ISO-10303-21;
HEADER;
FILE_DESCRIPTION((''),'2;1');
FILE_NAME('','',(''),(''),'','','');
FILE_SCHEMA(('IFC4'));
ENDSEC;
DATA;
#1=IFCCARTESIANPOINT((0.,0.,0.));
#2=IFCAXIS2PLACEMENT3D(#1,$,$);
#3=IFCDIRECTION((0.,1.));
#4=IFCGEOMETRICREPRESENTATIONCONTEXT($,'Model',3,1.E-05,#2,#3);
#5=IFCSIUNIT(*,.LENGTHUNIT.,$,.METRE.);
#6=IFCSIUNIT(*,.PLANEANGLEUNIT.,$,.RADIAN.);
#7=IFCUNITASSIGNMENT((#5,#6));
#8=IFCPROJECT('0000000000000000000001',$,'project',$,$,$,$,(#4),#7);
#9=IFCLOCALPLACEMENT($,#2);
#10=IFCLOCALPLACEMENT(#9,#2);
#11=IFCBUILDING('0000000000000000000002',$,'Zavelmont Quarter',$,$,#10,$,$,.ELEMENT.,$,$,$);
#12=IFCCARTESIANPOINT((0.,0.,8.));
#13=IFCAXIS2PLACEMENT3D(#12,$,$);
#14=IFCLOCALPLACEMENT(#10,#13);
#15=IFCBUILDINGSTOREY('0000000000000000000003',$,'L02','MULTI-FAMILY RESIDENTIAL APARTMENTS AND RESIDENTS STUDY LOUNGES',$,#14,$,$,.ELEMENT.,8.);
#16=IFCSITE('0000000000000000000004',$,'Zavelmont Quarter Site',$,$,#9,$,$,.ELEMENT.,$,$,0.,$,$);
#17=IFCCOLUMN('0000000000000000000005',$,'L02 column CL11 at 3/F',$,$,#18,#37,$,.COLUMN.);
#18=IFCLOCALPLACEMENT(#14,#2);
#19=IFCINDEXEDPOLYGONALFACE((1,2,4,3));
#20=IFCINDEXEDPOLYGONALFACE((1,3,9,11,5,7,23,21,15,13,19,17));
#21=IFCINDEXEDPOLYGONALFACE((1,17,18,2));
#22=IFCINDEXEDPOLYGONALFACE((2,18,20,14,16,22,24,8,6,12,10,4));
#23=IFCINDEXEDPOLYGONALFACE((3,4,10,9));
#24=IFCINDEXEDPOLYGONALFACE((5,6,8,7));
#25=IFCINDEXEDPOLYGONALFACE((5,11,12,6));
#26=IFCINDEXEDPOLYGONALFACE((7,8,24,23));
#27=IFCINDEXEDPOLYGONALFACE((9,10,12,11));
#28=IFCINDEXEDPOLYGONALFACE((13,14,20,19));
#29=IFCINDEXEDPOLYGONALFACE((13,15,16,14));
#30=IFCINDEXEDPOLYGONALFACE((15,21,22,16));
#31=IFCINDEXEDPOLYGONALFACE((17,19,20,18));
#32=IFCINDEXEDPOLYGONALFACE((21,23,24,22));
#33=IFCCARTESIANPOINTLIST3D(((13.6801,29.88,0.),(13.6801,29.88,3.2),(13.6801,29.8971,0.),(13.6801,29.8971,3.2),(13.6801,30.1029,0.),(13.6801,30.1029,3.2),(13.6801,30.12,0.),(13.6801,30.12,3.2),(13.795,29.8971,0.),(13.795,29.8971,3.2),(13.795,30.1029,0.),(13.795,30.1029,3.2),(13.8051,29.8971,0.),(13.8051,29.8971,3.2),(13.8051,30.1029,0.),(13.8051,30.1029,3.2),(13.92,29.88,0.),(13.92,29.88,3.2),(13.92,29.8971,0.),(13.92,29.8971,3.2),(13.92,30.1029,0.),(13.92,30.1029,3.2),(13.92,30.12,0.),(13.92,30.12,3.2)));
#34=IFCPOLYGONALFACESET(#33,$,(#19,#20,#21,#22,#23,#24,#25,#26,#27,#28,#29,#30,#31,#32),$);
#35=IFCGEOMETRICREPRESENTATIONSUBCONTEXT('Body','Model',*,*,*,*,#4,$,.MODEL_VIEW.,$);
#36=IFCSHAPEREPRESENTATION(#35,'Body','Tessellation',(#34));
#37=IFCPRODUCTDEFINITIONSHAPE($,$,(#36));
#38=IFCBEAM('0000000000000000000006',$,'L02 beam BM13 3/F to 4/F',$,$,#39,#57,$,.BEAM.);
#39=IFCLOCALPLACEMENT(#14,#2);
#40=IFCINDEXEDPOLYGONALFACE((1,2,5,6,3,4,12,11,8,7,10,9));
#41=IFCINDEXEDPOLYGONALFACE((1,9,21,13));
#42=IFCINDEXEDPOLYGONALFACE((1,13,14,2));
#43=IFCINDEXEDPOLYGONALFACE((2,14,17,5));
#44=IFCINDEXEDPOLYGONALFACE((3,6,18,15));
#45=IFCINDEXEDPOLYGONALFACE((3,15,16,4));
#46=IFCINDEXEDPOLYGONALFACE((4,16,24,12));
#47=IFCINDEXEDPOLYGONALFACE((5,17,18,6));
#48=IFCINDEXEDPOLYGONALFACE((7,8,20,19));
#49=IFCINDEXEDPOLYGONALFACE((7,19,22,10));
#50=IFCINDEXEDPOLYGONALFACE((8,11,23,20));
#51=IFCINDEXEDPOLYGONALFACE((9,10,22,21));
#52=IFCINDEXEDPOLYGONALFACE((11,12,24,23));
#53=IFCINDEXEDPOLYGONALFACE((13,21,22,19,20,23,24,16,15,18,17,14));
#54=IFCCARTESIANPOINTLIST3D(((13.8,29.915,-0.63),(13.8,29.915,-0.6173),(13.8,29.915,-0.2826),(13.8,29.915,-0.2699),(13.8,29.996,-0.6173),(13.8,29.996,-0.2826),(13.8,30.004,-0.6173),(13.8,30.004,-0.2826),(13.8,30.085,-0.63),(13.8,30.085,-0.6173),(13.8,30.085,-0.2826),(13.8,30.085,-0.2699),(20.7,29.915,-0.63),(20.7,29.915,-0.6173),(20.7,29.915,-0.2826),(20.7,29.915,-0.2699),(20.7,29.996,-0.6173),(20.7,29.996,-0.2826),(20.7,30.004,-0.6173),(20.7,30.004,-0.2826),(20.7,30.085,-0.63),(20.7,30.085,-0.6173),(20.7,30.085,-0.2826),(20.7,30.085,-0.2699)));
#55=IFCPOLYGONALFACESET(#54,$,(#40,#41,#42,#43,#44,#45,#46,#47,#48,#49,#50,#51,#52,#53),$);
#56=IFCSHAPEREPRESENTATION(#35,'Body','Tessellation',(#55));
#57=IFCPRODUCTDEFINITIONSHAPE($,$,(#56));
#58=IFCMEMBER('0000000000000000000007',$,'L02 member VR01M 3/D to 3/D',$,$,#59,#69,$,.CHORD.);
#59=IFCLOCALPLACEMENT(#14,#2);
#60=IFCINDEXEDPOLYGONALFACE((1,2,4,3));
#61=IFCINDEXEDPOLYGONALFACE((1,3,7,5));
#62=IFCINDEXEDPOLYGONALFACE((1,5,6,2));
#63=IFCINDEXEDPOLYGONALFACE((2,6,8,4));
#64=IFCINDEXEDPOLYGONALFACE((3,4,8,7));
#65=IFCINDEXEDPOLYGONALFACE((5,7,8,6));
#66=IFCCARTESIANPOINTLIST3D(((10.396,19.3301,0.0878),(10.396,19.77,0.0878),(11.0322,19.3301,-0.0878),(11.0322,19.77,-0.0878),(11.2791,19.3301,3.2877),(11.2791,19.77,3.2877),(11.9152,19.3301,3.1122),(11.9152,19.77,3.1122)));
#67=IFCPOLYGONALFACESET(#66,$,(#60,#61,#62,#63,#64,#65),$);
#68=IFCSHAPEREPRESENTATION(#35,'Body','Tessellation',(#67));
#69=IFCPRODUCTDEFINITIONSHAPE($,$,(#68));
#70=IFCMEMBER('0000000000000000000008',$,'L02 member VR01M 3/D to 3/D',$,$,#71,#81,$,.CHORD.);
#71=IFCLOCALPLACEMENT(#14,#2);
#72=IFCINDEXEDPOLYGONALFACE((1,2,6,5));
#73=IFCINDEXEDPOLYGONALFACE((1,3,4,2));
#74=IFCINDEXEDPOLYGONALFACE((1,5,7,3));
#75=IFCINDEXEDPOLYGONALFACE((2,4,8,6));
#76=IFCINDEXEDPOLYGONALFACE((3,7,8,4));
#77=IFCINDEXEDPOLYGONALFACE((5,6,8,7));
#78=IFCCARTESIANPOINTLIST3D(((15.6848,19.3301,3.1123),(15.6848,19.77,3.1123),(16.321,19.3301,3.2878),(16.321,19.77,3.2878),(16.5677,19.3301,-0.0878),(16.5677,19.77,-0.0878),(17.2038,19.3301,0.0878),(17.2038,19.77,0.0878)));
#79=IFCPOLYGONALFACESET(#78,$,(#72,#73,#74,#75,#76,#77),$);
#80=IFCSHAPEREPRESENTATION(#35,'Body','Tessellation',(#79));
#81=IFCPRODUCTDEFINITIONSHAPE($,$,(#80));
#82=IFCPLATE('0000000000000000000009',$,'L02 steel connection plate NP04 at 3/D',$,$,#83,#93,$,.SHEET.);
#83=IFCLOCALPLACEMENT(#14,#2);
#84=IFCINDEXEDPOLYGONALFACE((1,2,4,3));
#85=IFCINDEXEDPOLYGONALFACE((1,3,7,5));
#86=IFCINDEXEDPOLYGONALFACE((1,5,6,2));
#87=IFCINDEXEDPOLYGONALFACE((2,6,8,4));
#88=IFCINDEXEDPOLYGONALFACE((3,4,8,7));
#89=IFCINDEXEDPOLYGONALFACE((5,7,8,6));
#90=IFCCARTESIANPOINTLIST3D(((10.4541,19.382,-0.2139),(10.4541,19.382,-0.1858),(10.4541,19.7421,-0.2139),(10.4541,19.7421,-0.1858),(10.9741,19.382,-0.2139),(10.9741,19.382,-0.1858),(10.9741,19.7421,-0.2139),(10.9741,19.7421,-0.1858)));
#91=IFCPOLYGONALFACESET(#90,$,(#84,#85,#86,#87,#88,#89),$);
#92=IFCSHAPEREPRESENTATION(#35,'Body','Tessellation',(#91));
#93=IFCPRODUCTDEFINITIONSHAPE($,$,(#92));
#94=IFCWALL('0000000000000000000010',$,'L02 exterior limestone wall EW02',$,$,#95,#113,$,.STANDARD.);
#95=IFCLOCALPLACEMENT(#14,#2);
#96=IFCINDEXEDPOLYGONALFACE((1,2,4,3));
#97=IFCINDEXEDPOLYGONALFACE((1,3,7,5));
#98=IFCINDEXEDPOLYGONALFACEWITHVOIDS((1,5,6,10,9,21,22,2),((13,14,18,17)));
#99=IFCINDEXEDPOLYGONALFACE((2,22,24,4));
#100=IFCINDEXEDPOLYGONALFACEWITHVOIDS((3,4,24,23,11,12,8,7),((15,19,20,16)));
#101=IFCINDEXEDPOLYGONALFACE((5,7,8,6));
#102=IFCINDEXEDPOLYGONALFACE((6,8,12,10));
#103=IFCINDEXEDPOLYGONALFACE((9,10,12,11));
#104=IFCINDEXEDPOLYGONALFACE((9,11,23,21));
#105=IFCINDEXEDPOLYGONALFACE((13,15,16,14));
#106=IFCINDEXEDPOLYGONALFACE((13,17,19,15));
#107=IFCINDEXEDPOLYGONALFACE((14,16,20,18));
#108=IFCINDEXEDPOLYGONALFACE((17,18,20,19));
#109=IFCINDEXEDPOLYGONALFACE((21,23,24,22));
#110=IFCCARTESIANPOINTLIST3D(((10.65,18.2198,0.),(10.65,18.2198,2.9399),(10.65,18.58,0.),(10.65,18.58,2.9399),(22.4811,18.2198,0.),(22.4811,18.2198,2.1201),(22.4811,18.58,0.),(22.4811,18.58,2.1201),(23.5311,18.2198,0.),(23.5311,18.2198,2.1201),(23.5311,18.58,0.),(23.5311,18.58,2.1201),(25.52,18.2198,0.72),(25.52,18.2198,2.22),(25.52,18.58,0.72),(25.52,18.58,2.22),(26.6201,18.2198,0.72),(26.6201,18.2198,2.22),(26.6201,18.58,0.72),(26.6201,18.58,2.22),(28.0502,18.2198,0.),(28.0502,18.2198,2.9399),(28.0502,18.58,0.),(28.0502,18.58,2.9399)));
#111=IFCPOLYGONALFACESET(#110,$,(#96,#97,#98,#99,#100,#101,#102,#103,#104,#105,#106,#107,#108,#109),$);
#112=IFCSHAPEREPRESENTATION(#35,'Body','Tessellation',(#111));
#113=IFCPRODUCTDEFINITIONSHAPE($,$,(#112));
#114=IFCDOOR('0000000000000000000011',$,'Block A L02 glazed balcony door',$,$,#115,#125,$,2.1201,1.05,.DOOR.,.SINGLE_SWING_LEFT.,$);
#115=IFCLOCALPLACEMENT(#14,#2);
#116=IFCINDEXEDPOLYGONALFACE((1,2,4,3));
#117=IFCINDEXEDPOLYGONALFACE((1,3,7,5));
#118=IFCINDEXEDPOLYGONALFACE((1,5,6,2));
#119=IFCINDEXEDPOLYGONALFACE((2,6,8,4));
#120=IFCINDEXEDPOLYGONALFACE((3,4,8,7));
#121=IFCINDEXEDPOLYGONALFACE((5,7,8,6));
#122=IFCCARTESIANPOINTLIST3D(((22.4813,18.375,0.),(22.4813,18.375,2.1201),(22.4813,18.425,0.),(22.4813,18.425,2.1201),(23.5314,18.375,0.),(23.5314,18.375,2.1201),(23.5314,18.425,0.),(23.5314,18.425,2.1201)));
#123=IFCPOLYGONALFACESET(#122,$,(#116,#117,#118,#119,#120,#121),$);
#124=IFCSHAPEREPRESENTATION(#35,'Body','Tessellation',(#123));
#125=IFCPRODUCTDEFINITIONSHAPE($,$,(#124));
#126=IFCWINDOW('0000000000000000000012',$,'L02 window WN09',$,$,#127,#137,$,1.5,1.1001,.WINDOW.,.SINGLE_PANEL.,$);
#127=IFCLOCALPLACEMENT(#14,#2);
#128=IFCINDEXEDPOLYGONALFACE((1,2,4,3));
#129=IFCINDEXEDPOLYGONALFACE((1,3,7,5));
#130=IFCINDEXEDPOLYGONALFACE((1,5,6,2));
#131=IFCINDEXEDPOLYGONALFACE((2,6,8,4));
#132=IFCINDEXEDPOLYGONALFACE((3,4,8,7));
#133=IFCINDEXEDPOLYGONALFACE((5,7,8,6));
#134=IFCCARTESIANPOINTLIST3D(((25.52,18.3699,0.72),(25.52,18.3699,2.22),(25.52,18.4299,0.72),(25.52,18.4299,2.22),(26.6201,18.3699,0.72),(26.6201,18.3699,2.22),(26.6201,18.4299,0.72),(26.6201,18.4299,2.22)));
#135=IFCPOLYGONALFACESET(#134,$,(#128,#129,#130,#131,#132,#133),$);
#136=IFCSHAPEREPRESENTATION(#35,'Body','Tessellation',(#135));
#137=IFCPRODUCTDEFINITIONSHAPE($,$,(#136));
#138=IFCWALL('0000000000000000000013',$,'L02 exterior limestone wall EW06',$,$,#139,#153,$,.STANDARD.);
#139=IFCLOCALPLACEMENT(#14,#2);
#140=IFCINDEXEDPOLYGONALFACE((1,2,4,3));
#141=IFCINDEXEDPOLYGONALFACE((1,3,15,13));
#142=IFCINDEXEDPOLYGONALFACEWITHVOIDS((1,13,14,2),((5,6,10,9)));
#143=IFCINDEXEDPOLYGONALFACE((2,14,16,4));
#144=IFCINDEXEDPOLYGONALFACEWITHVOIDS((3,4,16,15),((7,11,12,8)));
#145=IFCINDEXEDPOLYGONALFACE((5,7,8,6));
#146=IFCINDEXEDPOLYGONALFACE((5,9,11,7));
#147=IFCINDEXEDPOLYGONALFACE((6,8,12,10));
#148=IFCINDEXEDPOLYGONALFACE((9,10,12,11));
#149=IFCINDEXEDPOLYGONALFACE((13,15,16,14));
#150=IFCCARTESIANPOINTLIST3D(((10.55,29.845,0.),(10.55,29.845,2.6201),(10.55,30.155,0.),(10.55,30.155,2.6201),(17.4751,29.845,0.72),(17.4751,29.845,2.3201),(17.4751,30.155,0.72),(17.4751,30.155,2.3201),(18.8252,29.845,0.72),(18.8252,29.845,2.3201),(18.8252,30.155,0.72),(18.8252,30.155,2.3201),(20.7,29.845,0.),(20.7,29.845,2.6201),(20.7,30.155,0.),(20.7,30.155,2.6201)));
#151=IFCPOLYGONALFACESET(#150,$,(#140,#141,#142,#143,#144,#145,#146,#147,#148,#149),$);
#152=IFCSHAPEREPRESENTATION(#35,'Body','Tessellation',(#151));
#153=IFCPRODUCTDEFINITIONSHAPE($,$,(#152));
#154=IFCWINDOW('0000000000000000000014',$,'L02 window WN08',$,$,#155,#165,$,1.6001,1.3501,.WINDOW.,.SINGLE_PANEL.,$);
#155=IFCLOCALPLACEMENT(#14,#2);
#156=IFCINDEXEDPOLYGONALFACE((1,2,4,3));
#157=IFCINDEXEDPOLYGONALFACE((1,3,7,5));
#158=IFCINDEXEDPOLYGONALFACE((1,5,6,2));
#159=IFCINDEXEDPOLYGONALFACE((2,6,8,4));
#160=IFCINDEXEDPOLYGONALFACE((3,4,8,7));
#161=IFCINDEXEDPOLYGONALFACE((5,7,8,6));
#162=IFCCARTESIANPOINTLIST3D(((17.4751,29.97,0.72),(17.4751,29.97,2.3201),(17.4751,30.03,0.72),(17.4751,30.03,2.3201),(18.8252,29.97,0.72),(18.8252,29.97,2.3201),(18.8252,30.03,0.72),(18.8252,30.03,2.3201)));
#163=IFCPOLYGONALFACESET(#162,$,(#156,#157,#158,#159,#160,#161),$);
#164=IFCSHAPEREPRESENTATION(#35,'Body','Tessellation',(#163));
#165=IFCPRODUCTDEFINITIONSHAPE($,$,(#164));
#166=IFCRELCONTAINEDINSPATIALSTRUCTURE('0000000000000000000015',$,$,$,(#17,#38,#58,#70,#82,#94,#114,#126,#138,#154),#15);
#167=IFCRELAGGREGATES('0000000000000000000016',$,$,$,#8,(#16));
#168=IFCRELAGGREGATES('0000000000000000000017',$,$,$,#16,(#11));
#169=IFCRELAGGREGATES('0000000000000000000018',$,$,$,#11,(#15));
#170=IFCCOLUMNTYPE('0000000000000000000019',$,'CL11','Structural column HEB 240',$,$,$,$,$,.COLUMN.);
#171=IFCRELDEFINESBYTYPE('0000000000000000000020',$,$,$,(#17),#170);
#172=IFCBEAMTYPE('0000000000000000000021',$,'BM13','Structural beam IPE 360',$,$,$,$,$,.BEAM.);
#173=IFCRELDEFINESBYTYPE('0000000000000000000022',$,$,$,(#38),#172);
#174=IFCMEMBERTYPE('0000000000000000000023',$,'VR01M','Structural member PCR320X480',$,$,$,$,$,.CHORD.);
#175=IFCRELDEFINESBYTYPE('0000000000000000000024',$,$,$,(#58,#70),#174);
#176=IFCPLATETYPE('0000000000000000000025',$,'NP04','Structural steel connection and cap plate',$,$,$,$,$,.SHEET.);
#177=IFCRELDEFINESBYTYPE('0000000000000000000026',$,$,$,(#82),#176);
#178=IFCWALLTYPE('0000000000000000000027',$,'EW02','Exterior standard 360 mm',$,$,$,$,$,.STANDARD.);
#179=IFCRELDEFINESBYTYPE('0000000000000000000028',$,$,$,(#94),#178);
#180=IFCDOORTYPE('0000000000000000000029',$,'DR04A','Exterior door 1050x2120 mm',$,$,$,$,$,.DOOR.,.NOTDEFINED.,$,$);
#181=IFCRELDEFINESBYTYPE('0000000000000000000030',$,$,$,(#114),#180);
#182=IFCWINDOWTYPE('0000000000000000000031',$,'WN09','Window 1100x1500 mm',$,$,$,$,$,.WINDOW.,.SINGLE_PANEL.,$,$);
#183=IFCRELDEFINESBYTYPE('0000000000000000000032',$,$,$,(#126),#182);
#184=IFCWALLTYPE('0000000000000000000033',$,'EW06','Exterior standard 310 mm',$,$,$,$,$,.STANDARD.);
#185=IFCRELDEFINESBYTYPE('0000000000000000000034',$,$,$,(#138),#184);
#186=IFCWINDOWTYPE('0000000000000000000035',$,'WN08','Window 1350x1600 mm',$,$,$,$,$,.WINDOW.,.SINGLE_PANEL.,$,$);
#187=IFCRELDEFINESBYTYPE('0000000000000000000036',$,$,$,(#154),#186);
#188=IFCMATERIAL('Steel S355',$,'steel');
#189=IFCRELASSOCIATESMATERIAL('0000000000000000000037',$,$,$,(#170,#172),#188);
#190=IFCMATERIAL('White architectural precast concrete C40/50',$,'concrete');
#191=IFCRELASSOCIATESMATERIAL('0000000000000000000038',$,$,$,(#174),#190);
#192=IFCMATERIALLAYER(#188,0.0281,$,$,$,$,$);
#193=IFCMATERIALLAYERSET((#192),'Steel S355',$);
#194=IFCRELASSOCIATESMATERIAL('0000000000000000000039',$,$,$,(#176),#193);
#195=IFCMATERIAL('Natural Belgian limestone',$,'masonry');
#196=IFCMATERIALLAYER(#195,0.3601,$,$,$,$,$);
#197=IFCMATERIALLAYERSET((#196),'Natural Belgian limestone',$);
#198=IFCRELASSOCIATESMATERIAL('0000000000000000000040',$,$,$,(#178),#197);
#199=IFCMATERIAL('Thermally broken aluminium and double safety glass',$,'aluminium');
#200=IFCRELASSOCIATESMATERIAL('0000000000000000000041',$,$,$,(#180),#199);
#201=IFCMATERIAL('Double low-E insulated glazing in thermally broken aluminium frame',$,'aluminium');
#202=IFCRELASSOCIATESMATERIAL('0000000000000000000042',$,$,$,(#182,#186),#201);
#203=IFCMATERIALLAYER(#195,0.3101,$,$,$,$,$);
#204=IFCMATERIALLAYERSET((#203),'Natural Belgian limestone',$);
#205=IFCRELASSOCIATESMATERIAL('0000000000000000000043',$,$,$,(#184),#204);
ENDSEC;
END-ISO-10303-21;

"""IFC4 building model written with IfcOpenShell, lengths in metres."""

from ifc_helpers import new_model, si_unit, direction, frame, frame_2d, origin, origin_with_axes, origin_2d, place, context, subcontext, project, spatial, rectangle, i_section, extrude, material, layer, layer_set, material_profile, profile_set, type_object, element, fill, save


model = new_model("IFC4")

# Units and contexts
model_context = context("Model", 3, precision=1e-05, world=origin(), true_north=direction((0.0, 1.0)))
body_context = subcontext(model_context, "Body", "Model", "MODEL_VIEW")
ifc_project = project(units=[si_unit("LENGTHUNIT", "METRE"), si_unit("PLANEANGLEUNIT", "RADIAN")], contexts=[model_context])

# Site, building, storey
site_placement = place(None, origin())
site = spatial("IfcSite", under=ifc_project, at=site_placement, Name="Zavelmont Quarter Site", CompositionType="ELEMENT", RefElevation=0.0)
building_placement = place(site_placement, origin())
building = spatial("IfcBuilding", under=site, at=building_placement, Name="Zavelmont Quarter", CompositionType="ELEMENT")
storey_placement = place(building_placement, frame((0.0, 0.0, 8.0)))
storey = spatial("IfcBuildingStorey", under=building, at=storey_placement, Name="L02", Description="MULTI-FAMILY RESIDENTIAL APARTMENTS AND RESIDENTS STUDY LOUNGES", CompositionType="ELEMENT", Elevation=8.0)

# Column
ifc_material_1 = material(Name="Steel S355", Category="steel")
ifc_material_profile_1 = material_profile(ifc_material_1, i_section(OverallWidth=0.24, OverallDepth=0.24, WebThickness=0.01, FlangeThickness=0.0171, at=origin_2d()), Name="HEB 240")
ifc_profile_set_1 = profile_set([ifc_material_profile_1], Name="Steel S355")
column_type = type_object("IfcColumnType", Name="CL11", Description="Structural column HEB 240", PredefinedType="COLUMN", material=ifc_profile_set_1)
column_placement = place(storey_placement, frame((13.8, 30.0, 0.0), z_axis=(0.0, 0.0, 1.0), x_axis=(1.0, 0.0, 0.0)))
element("IfcColumn", 1, at=column_placement, inside=storey, type_object=column_type, Name="L02 column CL11 at 3/F", PredefinedType="COLUMN", context=body_context, shape_type="SweptSolid", body=[
    extrude(i_section(OverallWidth=0.24, OverallDepth=0.24, WebThickness=0.01, FlangeThickness=0.0171, at=origin_2d()), origin(), (0.0, 0.0, 1.0), 3.2),
])

# Beam
ifc_material_profile_2 = material_profile(ifc_material_1, i_section(OverallWidth=0.1699, OverallDepth=0.3601, WebThickness=0.0081, FlangeThickness=0.0127, at=origin_2d()), Name="IPE 360")
ifc_profile_set_2 = profile_set([ifc_material_profile_2], Name="Steel S355")
beam_type = type_object("IfcBeamType", Name="BM13", Description="Structural beam IPE 360", PredefinedType="BEAM", material=ifc_profile_set_2)
beam_placement = place(storey_placement, frame((13.8, 30.0, -0.45), z_axis=(1.0, 0.0, 0.0), x_axis=(0.0, 1.0, 0.0)))
element("IfcBeam", 2, at=beam_placement, inside=storey, type_object=beam_type, Name="L02 beam BM13 3/F to 4/F", PredefinedType="BEAM", context=body_context, shape_type="SweptSolid", body=[
    extrude(i_section(OverallWidth=0.1699, OverallDepth=0.3601, WebThickness=0.0081, FlangeThickness=0.0127, at=origin_2d()), origin(), (0.0, 0.0, 1.0), 6.8999),
])

# Members
ifc_material_2 = material(Name="White architectural precast concrete C40/50", Category="concrete")
ifc_material_profile_3 = material_profile(ifc_material_2, rectangle(XDim=0.4399, YDim=0.6599, at=origin_2d()), Name="PCR320X480")
ifc_profile_set_3 = profile_set([ifc_material_profile_3], Name="White architectural precast concrete C40/50")
member_type = type_object("IfcMemberType", Name="VR01M", Description="Structural member PCR320X480", PredefinedType="CHORD", material=ifc_profile_set_3)
for number, where, z_axis, x_axis, name in (
    (3, (10.7141, 19.55, 0.0), (0.266016, 0.0, 0.963969), (0.0, 1.0, 0.0), "L02 member VR01M 3/D to 3/D"),
    (4, (16.8857, 19.55, 0.0), (-0.265948, 0.0, 0.963987), (0.0, -1.0, 0.0), "L02 member VR01M 3/D to 3/D"),
):
    element("IfcMember", number, at=place(storey_placement, frame(where, z_axis=z_axis, x_axis=x_axis)), inside=storey, type_object=member_type, Name=name, PredefinedType="CHORD", context=body_context, shape_type="SweptSolid", body=[
        extrude(rectangle(XDim=0.4399, YDim=0.6599, at=origin_2d()), origin(), (0.0, 0.0, 1.0), 3.3196),
    ])

# Plate
ifc_layer_1 = layer(ifc_material_1, 0.0281)
ifc_layer_set_1 = layer_set([ifc_layer_1], Name="Steel S355")
plate_type = type_object("IfcPlateType", Name="NP04", Description="Structural steel connection and cap plate", PredefinedType="SHEET", material=ifc_layer_set_1)
plate_placement = place(storey_placement, frame((10.7141, 19.562, -0.2139), z_axis=(0.0, 0.0, 1.0), x_axis=(1.0, 0.0, 0.0)))
element("IfcPlate", 5, at=plate_placement, inside=storey, type_object=plate_type, Name="L02 steel connection plate NP04 at 3/D", PredefinedType="SHEET", context=body_context, shape_type="SweptSolid", body=[
    extrude(rectangle(XDim=0.52, YDim=0.3601, at=origin_2d()), origin(), (0.0, 0.0, 1.0), 0.0281),
])

# Wall, openings, door, window
ifc_material_3 = material(Name="Natural Belgian limestone", Category="masonry")
ifc_layer_2 = layer(ifc_material_3, 0.3601)
ifc_layer_set_2 = layer_set([ifc_layer_2], Name="Natural Belgian limestone")
wall_type_1 = type_object("IfcWallType", Name="EW02", Description="Exterior standard 360 mm", PredefinedType="STANDARD", material=ifc_layer_set_2)
wall_1_placement = place(storey_placement, frame((10.6499, 18.3999, 0.0), z_axis=(0.0, 0.0, 1.0), x_axis=(1.0, 0.0, 0.0)))
wall_1 = element("IfcWall", 6, at=wall_1_placement, inside=storey, type_object=wall_type_1, Name="L02 exterior limestone wall EW02", PredefinedType="STANDARD", context=body_context, shape_type="SweptSolid", body=[
    extrude(rectangle(XDim=17.4001, YDim=0.3601, at=frame_2d((8.7002, 0.0))), origin(), (0.0, 0.0, 1.0), 2.9399),
])
opening_1_placement = place(wall_1_placement, frame((11.8313, 0.0, 0.0)))
opening_1 = element("IfcOpeningElement", 7, at=opening_1_placement, cuts=wall_1, PredefinedType="OPENING", context=body_context, shape_type="SweptSolid", body=[
    extrude(rectangle(XDim=1.05, YDim=2.1201, at=frame_2d((0.5249, 1.0601))), frame((0.0, 0.1919, 0.0), z_axis=(0.0, -1.0, 0.0), x_axis=(1.0, 0.0, 0.0)), (0.0, 0.0, 1.0), 0.384),
])
opening_2_placement = place(wall_1_placement, frame((14.8701, 0.0, 0.72)))
opening_2 = element("IfcOpeningElement", 8, at=opening_2_placement, cuts=wall_1, PredefinedType="OPENING", context=body_context, shape_type="SweptSolid", body=[
    extrude(rectangle(XDim=1.1001, YDim=1.5, at=frame_2d((0.55, 0.75))), frame((0.0, 0.1919, 0.0), z_axis=(0.0, -1.0, 0.0), x_axis=(1.0, 0.0, 0.0)), (0.0, 0.0, 1.0), 0.384),
])
ifc_material_4 = material(Name="Thermally broken aluminium and double safety glass", Category="aluminium")
door_type_1 = type_object("IfcDoorType", Name="DR04A", Description="Exterior door 1050x2120 mm", OperationType="NOTDEFINED", PredefinedType="DOOR", material=ifc_material_4)
door_1_placement = place(opening_1_placement, frame((1.05, 0.0, 0.0), z_axis=(0.0, 0.0, 1.0), x_axis=(-1.0, 0.0, 0.0)))
door_1 = element("IfcDoor", 9, at=door_1_placement, inside=storey, type_object=door_type_1, Name="Block A L02 glazed balcony door", OperationType="SINGLE_SWING_LEFT", OverallHeight=2.1201, OverallWidth=1.05, PredefinedType="DOOR", context=body_context, shape_type="SweptSolid", body=[
    extrude(rectangle(XDim=1.05, YDim=2.1201, at=frame_2d((0.5249, 1.0601))), frame((0.0, 0.0249, 0.0), z_axis=(0.0, -1.0, 0.0), x_axis=(1.0, 0.0, 0.0)), (0.0, 0.0, 1.0), 0.05),
])
fill(opening_1, door_1)
ifc_material_5 = material(Name="Double low-E insulated glazing in thermally broken aluminium frame", Category="aluminium")
window_type_1 = type_object("IfcWindowType", Name="WN09", Description="Window 1100x1500 mm", PartitioningType="SINGLE_PANEL", PredefinedType="WINDOW", material=ifc_material_5)
window_1_placement = place(opening_2_placement, origin_with_axes())
window_1 = element("IfcWindow", 10, at=window_1_placement, inside=storey, type_object=window_type_1, Name="L02 window WN09", OverallHeight=1.5, OverallWidth=1.1001, PartitioningType="SINGLE_PANEL", PredefinedType="WINDOW", context=body_context, shape_type="SweptSolid", body=[
    extrude(rectangle(XDim=1.1001, YDim=1.5, at=frame_2d((0.55, 0.75))), frame((0.0, 0.03, 0.0), z_axis=(0.0, -1.0, 0.0), x_axis=(1.0, 0.0, 0.0)), (0.0, 0.0, 1.0), 0.0601),
])
fill(opening_2, window_1)

# Wall, opening, window
ifc_layer_3 = layer(ifc_material_3, 0.3101)
ifc_layer_set_3 = layer_set([ifc_layer_3], Name="Natural Belgian limestone")
wall_type_2 = type_object("IfcWallType", Name="EW06", Description="Exterior standard 310 mm", PredefinedType="STANDARD", material=ifc_layer_set_3)
wall_2_placement = place(storey_placement, frame((10.55, 30.0, 0.0), z_axis=(0.0, 0.0, 1.0), x_axis=(1.0, 0.0, 0.0)))
wall_2 = element("IfcWall", 11, at=wall_2_placement, inside=storey, type_object=wall_type_2, Name="L02 exterior limestone wall EW06", PredefinedType="STANDARD", context=body_context, shape_type="SweptSolid", body=[
    extrude(rectangle(XDim=10.1499, YDim=0.3101, at=frame_2d((5.075, 0.0))), origin(), (0.0, 0.0, 1.0), 2.6201),
])
opening_3_placement = place(wall_2_placement, frame((6.925, 0.0, 0.72)))
opening_3 = element("IfcOpeningElement", 12, at=opening_3_placement, cuts=wall_2, PredefinedType="OPENING", context=body_context, shape_type="SweptSolid", body=[
    extrude(rectangle(XDim=1.3501, YDim=1.6001, at=frame_2d((0.675, 0.8))), frame((0.0, 0.167, 0.0), z_axis=(0.0, -1.0, 0.0), x_axis=(1.0, 0.0, 0.0)), (0.0, 0.0, 1.0), 0.334),
])
window_type_2 = type_object("IfcWindowType", Name="WN08", Description="Window 1350x1600 mm", PartitioningType="SINGLE_PANEL", PredefinedType="WINDOW", material=ifc_material_5)
window_2_placement = place(opening_3_placement, origin_with_axes())
window_2 = element("IfcWindow", 13, at=window_2_placement, inside=storey, type_object=window_type_2, Name="L02 window WN08", OverallHeight=1.6001, OverallWidth=1.3501, PartitioningType="SINGLE_PANEL", PredefinedType="WINDOW", context=body_context, shape_type="SweptSolid", body=[
    extrude(rectangle(XDim=1.3501, YDim=1.6001, at=frame_2d((0.675, 0.8))), frame((0.0, 0.03, 0.0), z_axis=(0.0, -1.0, 0.0), x_axis=(1.0, 0.0, 0.0)), (0.0, 0.0, 1.0), 0.0601),
])
fill(opening_3, window_2)

save(model, "model.ifc")
